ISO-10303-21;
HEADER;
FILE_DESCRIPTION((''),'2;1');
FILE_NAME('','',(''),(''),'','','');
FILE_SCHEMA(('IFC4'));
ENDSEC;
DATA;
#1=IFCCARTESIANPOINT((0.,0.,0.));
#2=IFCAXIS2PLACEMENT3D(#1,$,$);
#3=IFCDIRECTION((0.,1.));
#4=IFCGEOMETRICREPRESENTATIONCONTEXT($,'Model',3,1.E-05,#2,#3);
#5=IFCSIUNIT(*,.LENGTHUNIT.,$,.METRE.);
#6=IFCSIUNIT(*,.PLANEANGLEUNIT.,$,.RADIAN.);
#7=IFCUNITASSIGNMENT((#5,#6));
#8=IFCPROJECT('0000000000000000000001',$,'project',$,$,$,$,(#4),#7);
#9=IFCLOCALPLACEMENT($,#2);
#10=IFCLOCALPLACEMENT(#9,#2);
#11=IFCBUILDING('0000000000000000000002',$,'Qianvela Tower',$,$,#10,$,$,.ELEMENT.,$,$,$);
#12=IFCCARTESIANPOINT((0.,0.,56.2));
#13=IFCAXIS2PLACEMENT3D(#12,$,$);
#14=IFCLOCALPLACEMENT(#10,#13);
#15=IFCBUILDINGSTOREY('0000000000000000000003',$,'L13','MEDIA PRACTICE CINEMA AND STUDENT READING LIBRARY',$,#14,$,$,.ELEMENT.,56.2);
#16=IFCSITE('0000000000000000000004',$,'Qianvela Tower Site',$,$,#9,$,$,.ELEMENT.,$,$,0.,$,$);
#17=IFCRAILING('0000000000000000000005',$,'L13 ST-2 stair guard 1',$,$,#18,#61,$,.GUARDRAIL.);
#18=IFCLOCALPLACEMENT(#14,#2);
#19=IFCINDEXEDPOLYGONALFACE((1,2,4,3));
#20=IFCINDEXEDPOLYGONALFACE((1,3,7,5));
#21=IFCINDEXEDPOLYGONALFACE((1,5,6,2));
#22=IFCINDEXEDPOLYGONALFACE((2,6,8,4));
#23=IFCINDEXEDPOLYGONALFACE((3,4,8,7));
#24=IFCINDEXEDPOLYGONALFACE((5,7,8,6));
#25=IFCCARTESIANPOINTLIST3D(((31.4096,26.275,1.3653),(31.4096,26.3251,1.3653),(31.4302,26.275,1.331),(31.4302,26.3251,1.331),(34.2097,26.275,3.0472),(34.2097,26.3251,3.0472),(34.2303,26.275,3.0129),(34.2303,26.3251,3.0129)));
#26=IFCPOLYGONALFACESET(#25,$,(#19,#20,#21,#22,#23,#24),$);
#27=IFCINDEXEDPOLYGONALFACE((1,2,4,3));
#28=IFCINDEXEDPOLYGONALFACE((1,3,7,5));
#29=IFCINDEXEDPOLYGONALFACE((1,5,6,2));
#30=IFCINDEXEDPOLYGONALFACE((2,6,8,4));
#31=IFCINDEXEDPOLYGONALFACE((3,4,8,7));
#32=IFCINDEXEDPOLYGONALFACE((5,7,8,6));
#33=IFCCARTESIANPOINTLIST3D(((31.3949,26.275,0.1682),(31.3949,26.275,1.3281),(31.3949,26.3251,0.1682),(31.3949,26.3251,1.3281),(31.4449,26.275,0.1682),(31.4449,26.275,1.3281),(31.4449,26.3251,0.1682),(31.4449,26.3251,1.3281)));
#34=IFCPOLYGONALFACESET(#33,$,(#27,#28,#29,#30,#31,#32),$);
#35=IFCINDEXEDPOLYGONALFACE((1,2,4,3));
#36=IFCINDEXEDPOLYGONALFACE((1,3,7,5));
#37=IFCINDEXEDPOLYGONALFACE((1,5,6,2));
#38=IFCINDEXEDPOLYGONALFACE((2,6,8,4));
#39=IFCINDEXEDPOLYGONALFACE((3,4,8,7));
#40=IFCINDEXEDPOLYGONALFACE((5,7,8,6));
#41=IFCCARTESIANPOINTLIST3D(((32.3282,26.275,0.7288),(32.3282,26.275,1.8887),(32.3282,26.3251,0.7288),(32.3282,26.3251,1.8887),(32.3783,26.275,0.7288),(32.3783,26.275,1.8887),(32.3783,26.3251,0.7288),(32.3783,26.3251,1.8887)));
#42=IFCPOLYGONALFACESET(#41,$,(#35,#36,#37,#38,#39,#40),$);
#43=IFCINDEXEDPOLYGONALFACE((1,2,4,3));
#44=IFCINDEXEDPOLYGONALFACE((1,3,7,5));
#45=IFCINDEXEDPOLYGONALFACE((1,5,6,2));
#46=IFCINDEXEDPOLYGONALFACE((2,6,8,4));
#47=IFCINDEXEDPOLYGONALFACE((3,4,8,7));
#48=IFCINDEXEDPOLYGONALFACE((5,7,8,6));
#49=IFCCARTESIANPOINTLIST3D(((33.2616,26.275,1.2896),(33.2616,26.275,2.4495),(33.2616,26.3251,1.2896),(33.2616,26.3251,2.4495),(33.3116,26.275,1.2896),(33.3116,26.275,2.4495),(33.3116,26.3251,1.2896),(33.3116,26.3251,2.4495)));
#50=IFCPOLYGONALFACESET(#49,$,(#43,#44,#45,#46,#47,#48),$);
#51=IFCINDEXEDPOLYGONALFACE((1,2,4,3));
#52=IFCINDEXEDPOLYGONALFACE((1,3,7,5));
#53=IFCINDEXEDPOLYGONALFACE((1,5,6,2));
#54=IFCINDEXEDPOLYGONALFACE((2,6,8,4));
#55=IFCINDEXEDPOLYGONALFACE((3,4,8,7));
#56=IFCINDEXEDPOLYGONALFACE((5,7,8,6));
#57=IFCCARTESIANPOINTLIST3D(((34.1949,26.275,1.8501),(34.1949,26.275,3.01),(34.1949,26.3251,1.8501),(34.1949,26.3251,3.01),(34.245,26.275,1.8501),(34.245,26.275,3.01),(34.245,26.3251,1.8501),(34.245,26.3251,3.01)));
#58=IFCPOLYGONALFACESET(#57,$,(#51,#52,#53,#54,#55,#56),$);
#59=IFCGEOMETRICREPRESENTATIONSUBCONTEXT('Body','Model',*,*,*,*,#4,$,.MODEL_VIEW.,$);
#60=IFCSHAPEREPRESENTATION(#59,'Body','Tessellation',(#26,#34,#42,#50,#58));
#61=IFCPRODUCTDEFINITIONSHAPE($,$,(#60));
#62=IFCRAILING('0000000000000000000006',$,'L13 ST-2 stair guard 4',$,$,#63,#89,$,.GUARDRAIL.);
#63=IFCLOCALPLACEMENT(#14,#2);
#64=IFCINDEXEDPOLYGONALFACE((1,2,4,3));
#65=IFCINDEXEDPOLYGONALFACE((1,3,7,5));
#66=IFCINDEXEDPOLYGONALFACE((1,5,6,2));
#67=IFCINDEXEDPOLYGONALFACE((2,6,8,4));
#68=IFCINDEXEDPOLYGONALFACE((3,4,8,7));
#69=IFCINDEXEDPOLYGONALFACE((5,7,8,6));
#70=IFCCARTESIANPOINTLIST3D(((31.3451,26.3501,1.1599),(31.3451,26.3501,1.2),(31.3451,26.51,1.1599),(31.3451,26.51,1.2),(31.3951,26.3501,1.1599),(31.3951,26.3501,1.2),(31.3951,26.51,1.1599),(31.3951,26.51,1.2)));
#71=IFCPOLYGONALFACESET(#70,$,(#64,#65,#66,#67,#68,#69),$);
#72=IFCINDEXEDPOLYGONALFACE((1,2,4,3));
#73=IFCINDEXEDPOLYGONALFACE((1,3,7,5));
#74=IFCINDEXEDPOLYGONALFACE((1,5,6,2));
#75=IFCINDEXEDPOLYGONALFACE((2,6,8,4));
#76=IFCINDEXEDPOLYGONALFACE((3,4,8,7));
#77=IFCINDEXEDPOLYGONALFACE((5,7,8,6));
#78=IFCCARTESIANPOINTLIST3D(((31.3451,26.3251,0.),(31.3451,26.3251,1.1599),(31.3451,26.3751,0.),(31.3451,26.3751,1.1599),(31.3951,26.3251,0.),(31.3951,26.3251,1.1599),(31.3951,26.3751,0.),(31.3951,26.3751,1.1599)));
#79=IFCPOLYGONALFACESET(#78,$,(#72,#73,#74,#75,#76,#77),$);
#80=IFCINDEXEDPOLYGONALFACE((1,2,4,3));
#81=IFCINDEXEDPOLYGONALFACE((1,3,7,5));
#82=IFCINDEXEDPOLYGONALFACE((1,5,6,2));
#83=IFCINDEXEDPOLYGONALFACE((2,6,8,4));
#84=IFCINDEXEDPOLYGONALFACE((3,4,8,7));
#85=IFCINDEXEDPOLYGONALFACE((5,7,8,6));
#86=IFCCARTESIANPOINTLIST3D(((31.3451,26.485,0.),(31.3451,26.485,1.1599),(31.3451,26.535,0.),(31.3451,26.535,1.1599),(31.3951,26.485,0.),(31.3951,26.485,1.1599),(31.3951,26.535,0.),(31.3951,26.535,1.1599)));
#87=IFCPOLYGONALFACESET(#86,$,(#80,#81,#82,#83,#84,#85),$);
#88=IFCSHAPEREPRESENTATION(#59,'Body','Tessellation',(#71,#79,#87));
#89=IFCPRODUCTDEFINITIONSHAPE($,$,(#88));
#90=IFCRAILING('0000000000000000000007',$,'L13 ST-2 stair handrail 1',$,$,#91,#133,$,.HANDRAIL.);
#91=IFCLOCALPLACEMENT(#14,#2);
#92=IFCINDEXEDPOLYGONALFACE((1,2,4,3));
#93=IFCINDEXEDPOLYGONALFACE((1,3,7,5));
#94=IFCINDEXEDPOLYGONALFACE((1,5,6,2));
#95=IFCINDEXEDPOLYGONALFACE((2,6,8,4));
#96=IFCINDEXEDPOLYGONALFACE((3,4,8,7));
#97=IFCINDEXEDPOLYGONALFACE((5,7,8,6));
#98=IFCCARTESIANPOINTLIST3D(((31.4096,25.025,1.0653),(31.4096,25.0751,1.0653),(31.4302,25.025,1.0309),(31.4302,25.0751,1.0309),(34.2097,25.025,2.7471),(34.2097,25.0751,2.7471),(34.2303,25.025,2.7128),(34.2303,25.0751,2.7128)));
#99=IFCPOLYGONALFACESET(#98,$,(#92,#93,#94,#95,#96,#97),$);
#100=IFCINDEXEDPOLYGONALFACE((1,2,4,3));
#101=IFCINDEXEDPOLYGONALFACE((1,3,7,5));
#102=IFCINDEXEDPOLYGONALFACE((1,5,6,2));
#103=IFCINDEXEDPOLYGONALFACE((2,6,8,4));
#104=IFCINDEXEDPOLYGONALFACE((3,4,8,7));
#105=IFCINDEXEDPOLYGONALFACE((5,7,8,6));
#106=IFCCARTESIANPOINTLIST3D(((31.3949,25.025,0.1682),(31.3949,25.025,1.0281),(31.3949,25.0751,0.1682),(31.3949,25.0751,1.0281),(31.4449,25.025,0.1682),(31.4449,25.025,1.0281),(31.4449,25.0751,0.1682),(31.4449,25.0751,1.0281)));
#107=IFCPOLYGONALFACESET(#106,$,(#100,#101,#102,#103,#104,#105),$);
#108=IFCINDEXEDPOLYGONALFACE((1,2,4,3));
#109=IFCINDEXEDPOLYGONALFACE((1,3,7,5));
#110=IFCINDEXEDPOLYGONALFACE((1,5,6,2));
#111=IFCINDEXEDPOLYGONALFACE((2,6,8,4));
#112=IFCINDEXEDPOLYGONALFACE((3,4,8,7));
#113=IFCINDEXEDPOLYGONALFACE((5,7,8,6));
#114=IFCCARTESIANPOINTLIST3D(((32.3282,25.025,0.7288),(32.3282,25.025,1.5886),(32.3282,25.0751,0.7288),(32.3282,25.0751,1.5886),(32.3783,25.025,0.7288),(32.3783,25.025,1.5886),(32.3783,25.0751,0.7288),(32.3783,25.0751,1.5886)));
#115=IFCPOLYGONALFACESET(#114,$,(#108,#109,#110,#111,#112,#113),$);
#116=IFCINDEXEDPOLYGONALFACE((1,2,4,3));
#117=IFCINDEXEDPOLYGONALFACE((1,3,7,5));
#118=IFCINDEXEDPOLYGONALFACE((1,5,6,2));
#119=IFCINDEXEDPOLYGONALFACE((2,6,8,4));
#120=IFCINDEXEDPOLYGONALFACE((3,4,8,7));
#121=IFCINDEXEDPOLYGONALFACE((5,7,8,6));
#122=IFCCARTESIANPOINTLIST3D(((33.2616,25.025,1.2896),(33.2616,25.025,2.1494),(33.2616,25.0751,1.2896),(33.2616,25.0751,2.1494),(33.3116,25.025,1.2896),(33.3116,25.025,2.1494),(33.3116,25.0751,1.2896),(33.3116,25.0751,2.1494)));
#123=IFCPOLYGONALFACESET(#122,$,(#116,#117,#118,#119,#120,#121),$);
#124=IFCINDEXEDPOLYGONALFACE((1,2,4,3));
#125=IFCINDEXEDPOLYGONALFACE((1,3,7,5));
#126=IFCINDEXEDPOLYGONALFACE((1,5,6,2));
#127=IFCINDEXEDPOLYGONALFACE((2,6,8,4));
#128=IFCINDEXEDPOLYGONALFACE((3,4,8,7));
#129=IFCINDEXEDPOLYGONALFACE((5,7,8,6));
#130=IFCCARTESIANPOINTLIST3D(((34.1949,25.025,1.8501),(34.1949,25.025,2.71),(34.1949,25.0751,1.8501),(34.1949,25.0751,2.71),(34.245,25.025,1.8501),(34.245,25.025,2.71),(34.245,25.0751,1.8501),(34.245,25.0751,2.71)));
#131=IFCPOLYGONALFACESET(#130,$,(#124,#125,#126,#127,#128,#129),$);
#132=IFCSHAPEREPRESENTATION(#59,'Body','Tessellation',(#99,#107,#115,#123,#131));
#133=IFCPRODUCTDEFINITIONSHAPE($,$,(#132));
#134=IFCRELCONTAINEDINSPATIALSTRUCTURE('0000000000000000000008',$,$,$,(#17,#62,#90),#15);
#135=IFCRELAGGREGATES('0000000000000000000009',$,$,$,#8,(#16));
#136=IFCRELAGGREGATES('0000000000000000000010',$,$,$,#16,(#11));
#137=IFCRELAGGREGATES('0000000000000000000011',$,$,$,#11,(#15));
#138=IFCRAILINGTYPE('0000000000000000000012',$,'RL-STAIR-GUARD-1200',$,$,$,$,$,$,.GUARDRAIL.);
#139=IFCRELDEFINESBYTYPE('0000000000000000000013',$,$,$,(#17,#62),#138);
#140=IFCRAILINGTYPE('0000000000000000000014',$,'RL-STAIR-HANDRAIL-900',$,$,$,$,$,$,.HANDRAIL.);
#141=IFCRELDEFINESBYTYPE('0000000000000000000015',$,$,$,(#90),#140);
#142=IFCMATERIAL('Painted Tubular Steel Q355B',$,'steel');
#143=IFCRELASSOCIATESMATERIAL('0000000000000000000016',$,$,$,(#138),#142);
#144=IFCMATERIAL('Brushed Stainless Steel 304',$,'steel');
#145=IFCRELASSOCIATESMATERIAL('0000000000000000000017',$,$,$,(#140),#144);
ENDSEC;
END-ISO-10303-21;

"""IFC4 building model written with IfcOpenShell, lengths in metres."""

from ifc_helpers import new_model, si_unit, direction, frame, origin, origin_2d, place, context, subcontext, project, spatial, rectangle, extrude, material, type_object, element, save


model = new_model("IFC4")

# Units and contexts
model_context = context("Model", 3, precision=1e-05, world=origin(), true_north=direction((0.0, 1.0)))
body_context = subcontext(model_context, "Body", "Model", "MODEL_VIEW")
ifc_project = project(units=[si_unit("LENGTHUNIT", "METRE"), si_unit("PLANEANGLEUNIT", "RADIAN")], contexts=[model_context])

# Site, building, storey
site_placement = place(None, origin())
site = spatial("IfcSite", under=ifc_project, at=site_placement, Name="Qianvela Tower Site", CompositionType="ELEMENT", RefElevation=0.0)
building_placement = place(site_placement, origin())
building = spatial("IfcBuilding", under=site, at=building_placement, Name="Qianvela Tower", CompositionType="ELEMENT")
storey_placement = place(building_placement, frame((0.0, 0.0, 56.2)))
storey = spatial("IfcBuildingStorey", under=building, at=storey_placement, Name="L13", Description="MEDIA PRACTICE CINEMA AND STUDENT READING LIBRARY", CompositionType="ELEMENT", Elevation=56.2)

# Railings
ifc_material_1 = material(Name="Painted Tubular Steel Q355B", Category="steel")
railing_type_1 = type_object("IfcRailingType", Name="RL-STAIR-GUARD-1200", PredefinedType="GUARDRAIL", material=ifc_material_1)
railing_1_placement = place(storey_placement, frame((31.4199, 26.3, 0.1682)))
element("IfcRailing", 1, at=railing_1_placement, inside=storey, type_object=railing_type_1, Name="L13 ST-2 stair guard 1", PredefinedType="GUARDRAIL", context=body_context, shape_type="SweptSolid", body=[
    extrude(rectangle(XDim=0.05, YDim=0.04, at=origin_2d()), frame((0.0, 0.0, 1.1799), z_axis=(0.857242, 0.0, 0.514913), x_axis=(0.0, 1.0, 0.0)), (0.0, 0.0, 1.0), 3.2664),
    extrude(rectangle(XDim=0.05, YDim=0.05, at=origin_2d()), origin(), (0.0, 0.0, 1.0), 1.1599),
    extrude(rectangle(XDim=0.05, YDim=0.05, at=origin_2d()), frame((0.9333, 0.0, 0.5605)), (0.0, 0.0, 1.0), 1.1599),
    extrude(rectangle(XDim=0.05, YDim=0.05, at=origin_2d()), frame((1.8667, 0.0, 1.1213)), (0.0, 0.0, 1.0), 1.1599),
    extrude(rectangle(XDim=0.05, YDim=0.05, at=origin_2d()), frame((2.8, 0.0, 1.6819)), (0.0, 0.0, 1.0), 1.1599),
])
railing_2_placement = place(storey_placement, frame((31.3701, 26.3501, 0.0)))
element("IfcRailing", 2, at=railing_2_placement, inside=storey, type_object=railing_type_1, Name="L13 ST-2 stair guard 4", PredefinedType="GUARDRAIL", context=body_context, shape_type="SweptSolid", body=[
    extrude(rectangle(XDim=0.05, YDim=0.04, at=origin_2d()), frame((0.0, 0.0, 1.1799), z_axis=(0.0, 1.0, 0.0), x_axis=(-1.0, 0.0, 0.0)), (0.0, 0.0, 1.0), 0.1599),
    extrude(rectangle(XDim=0.05, YDim=0.05, at=origin_2d()), origin(), (0.0, 0.0, 1.0), 1.1599),
    extrude(rectangle(XDim=0.05, YDim=0.05, at=origin_2d()), frame((0.0, 0.1599, 0.0)), (0.0, 0.0, 1.0), 1.1599),
])
ifc_material_2 = material(Name="Brushed Stainless Steel 304", Category="steel")
railing_type_2 = type_object("IfcRailingType", Name="RL-STAIR-HANDRAIL-900", PredefinedType="HANDRAIL", material=ifc_material_2)
railing_3_placement = place(storey_placement, frame((31.4199, 25.05, 0.1682)))
element("IfcRailing", 3, at=railing_3_placement, inside=storey, type_object=railing_type_2, Name="L13 ST-2 stair handrail 1", PredefinedType="HANDRAIL", context=body_context, shape_type="SweptSolid", body=[
    extrude(rectangle(XDim=0.05, YDim=0.04, at=origin_2d()), frame((0.0, 0.0, 0.8799), z_axis=(0.857242, 0.0, 0.514913), x_axis=(0.0, 1.0, 0.0)), (0.0, 0.0, 1.0), 3.2664),
    extrude(rectangle(XDim=0.05, YDim=0.05, at=origin_2d()), origin(), (0.0, 0.0, 1.0), 0.8599),
    extrude(rectangle(XDim=0.05, YDim=0.05, at=origin_2d()), frame((0.9333, 0.0, 0.5605)), (0.0, 0.0, 1.0), 0.8599),
    extrude(rectangle(XDim=0.05, YDim=0.05, at=origin_2d()), frame((1.8667, 0.0, 1.1213)), (0.0, 0.0, 1.0), 0.8599),
    extrude(rectangle(XDim=0.05, YDim=0.05, at=origin_2d()), frame((2.8, 0.0, 1.6819)), (0.0, 0.0, 1.0), 0.8599),
])

save(model, "model.ifc")
